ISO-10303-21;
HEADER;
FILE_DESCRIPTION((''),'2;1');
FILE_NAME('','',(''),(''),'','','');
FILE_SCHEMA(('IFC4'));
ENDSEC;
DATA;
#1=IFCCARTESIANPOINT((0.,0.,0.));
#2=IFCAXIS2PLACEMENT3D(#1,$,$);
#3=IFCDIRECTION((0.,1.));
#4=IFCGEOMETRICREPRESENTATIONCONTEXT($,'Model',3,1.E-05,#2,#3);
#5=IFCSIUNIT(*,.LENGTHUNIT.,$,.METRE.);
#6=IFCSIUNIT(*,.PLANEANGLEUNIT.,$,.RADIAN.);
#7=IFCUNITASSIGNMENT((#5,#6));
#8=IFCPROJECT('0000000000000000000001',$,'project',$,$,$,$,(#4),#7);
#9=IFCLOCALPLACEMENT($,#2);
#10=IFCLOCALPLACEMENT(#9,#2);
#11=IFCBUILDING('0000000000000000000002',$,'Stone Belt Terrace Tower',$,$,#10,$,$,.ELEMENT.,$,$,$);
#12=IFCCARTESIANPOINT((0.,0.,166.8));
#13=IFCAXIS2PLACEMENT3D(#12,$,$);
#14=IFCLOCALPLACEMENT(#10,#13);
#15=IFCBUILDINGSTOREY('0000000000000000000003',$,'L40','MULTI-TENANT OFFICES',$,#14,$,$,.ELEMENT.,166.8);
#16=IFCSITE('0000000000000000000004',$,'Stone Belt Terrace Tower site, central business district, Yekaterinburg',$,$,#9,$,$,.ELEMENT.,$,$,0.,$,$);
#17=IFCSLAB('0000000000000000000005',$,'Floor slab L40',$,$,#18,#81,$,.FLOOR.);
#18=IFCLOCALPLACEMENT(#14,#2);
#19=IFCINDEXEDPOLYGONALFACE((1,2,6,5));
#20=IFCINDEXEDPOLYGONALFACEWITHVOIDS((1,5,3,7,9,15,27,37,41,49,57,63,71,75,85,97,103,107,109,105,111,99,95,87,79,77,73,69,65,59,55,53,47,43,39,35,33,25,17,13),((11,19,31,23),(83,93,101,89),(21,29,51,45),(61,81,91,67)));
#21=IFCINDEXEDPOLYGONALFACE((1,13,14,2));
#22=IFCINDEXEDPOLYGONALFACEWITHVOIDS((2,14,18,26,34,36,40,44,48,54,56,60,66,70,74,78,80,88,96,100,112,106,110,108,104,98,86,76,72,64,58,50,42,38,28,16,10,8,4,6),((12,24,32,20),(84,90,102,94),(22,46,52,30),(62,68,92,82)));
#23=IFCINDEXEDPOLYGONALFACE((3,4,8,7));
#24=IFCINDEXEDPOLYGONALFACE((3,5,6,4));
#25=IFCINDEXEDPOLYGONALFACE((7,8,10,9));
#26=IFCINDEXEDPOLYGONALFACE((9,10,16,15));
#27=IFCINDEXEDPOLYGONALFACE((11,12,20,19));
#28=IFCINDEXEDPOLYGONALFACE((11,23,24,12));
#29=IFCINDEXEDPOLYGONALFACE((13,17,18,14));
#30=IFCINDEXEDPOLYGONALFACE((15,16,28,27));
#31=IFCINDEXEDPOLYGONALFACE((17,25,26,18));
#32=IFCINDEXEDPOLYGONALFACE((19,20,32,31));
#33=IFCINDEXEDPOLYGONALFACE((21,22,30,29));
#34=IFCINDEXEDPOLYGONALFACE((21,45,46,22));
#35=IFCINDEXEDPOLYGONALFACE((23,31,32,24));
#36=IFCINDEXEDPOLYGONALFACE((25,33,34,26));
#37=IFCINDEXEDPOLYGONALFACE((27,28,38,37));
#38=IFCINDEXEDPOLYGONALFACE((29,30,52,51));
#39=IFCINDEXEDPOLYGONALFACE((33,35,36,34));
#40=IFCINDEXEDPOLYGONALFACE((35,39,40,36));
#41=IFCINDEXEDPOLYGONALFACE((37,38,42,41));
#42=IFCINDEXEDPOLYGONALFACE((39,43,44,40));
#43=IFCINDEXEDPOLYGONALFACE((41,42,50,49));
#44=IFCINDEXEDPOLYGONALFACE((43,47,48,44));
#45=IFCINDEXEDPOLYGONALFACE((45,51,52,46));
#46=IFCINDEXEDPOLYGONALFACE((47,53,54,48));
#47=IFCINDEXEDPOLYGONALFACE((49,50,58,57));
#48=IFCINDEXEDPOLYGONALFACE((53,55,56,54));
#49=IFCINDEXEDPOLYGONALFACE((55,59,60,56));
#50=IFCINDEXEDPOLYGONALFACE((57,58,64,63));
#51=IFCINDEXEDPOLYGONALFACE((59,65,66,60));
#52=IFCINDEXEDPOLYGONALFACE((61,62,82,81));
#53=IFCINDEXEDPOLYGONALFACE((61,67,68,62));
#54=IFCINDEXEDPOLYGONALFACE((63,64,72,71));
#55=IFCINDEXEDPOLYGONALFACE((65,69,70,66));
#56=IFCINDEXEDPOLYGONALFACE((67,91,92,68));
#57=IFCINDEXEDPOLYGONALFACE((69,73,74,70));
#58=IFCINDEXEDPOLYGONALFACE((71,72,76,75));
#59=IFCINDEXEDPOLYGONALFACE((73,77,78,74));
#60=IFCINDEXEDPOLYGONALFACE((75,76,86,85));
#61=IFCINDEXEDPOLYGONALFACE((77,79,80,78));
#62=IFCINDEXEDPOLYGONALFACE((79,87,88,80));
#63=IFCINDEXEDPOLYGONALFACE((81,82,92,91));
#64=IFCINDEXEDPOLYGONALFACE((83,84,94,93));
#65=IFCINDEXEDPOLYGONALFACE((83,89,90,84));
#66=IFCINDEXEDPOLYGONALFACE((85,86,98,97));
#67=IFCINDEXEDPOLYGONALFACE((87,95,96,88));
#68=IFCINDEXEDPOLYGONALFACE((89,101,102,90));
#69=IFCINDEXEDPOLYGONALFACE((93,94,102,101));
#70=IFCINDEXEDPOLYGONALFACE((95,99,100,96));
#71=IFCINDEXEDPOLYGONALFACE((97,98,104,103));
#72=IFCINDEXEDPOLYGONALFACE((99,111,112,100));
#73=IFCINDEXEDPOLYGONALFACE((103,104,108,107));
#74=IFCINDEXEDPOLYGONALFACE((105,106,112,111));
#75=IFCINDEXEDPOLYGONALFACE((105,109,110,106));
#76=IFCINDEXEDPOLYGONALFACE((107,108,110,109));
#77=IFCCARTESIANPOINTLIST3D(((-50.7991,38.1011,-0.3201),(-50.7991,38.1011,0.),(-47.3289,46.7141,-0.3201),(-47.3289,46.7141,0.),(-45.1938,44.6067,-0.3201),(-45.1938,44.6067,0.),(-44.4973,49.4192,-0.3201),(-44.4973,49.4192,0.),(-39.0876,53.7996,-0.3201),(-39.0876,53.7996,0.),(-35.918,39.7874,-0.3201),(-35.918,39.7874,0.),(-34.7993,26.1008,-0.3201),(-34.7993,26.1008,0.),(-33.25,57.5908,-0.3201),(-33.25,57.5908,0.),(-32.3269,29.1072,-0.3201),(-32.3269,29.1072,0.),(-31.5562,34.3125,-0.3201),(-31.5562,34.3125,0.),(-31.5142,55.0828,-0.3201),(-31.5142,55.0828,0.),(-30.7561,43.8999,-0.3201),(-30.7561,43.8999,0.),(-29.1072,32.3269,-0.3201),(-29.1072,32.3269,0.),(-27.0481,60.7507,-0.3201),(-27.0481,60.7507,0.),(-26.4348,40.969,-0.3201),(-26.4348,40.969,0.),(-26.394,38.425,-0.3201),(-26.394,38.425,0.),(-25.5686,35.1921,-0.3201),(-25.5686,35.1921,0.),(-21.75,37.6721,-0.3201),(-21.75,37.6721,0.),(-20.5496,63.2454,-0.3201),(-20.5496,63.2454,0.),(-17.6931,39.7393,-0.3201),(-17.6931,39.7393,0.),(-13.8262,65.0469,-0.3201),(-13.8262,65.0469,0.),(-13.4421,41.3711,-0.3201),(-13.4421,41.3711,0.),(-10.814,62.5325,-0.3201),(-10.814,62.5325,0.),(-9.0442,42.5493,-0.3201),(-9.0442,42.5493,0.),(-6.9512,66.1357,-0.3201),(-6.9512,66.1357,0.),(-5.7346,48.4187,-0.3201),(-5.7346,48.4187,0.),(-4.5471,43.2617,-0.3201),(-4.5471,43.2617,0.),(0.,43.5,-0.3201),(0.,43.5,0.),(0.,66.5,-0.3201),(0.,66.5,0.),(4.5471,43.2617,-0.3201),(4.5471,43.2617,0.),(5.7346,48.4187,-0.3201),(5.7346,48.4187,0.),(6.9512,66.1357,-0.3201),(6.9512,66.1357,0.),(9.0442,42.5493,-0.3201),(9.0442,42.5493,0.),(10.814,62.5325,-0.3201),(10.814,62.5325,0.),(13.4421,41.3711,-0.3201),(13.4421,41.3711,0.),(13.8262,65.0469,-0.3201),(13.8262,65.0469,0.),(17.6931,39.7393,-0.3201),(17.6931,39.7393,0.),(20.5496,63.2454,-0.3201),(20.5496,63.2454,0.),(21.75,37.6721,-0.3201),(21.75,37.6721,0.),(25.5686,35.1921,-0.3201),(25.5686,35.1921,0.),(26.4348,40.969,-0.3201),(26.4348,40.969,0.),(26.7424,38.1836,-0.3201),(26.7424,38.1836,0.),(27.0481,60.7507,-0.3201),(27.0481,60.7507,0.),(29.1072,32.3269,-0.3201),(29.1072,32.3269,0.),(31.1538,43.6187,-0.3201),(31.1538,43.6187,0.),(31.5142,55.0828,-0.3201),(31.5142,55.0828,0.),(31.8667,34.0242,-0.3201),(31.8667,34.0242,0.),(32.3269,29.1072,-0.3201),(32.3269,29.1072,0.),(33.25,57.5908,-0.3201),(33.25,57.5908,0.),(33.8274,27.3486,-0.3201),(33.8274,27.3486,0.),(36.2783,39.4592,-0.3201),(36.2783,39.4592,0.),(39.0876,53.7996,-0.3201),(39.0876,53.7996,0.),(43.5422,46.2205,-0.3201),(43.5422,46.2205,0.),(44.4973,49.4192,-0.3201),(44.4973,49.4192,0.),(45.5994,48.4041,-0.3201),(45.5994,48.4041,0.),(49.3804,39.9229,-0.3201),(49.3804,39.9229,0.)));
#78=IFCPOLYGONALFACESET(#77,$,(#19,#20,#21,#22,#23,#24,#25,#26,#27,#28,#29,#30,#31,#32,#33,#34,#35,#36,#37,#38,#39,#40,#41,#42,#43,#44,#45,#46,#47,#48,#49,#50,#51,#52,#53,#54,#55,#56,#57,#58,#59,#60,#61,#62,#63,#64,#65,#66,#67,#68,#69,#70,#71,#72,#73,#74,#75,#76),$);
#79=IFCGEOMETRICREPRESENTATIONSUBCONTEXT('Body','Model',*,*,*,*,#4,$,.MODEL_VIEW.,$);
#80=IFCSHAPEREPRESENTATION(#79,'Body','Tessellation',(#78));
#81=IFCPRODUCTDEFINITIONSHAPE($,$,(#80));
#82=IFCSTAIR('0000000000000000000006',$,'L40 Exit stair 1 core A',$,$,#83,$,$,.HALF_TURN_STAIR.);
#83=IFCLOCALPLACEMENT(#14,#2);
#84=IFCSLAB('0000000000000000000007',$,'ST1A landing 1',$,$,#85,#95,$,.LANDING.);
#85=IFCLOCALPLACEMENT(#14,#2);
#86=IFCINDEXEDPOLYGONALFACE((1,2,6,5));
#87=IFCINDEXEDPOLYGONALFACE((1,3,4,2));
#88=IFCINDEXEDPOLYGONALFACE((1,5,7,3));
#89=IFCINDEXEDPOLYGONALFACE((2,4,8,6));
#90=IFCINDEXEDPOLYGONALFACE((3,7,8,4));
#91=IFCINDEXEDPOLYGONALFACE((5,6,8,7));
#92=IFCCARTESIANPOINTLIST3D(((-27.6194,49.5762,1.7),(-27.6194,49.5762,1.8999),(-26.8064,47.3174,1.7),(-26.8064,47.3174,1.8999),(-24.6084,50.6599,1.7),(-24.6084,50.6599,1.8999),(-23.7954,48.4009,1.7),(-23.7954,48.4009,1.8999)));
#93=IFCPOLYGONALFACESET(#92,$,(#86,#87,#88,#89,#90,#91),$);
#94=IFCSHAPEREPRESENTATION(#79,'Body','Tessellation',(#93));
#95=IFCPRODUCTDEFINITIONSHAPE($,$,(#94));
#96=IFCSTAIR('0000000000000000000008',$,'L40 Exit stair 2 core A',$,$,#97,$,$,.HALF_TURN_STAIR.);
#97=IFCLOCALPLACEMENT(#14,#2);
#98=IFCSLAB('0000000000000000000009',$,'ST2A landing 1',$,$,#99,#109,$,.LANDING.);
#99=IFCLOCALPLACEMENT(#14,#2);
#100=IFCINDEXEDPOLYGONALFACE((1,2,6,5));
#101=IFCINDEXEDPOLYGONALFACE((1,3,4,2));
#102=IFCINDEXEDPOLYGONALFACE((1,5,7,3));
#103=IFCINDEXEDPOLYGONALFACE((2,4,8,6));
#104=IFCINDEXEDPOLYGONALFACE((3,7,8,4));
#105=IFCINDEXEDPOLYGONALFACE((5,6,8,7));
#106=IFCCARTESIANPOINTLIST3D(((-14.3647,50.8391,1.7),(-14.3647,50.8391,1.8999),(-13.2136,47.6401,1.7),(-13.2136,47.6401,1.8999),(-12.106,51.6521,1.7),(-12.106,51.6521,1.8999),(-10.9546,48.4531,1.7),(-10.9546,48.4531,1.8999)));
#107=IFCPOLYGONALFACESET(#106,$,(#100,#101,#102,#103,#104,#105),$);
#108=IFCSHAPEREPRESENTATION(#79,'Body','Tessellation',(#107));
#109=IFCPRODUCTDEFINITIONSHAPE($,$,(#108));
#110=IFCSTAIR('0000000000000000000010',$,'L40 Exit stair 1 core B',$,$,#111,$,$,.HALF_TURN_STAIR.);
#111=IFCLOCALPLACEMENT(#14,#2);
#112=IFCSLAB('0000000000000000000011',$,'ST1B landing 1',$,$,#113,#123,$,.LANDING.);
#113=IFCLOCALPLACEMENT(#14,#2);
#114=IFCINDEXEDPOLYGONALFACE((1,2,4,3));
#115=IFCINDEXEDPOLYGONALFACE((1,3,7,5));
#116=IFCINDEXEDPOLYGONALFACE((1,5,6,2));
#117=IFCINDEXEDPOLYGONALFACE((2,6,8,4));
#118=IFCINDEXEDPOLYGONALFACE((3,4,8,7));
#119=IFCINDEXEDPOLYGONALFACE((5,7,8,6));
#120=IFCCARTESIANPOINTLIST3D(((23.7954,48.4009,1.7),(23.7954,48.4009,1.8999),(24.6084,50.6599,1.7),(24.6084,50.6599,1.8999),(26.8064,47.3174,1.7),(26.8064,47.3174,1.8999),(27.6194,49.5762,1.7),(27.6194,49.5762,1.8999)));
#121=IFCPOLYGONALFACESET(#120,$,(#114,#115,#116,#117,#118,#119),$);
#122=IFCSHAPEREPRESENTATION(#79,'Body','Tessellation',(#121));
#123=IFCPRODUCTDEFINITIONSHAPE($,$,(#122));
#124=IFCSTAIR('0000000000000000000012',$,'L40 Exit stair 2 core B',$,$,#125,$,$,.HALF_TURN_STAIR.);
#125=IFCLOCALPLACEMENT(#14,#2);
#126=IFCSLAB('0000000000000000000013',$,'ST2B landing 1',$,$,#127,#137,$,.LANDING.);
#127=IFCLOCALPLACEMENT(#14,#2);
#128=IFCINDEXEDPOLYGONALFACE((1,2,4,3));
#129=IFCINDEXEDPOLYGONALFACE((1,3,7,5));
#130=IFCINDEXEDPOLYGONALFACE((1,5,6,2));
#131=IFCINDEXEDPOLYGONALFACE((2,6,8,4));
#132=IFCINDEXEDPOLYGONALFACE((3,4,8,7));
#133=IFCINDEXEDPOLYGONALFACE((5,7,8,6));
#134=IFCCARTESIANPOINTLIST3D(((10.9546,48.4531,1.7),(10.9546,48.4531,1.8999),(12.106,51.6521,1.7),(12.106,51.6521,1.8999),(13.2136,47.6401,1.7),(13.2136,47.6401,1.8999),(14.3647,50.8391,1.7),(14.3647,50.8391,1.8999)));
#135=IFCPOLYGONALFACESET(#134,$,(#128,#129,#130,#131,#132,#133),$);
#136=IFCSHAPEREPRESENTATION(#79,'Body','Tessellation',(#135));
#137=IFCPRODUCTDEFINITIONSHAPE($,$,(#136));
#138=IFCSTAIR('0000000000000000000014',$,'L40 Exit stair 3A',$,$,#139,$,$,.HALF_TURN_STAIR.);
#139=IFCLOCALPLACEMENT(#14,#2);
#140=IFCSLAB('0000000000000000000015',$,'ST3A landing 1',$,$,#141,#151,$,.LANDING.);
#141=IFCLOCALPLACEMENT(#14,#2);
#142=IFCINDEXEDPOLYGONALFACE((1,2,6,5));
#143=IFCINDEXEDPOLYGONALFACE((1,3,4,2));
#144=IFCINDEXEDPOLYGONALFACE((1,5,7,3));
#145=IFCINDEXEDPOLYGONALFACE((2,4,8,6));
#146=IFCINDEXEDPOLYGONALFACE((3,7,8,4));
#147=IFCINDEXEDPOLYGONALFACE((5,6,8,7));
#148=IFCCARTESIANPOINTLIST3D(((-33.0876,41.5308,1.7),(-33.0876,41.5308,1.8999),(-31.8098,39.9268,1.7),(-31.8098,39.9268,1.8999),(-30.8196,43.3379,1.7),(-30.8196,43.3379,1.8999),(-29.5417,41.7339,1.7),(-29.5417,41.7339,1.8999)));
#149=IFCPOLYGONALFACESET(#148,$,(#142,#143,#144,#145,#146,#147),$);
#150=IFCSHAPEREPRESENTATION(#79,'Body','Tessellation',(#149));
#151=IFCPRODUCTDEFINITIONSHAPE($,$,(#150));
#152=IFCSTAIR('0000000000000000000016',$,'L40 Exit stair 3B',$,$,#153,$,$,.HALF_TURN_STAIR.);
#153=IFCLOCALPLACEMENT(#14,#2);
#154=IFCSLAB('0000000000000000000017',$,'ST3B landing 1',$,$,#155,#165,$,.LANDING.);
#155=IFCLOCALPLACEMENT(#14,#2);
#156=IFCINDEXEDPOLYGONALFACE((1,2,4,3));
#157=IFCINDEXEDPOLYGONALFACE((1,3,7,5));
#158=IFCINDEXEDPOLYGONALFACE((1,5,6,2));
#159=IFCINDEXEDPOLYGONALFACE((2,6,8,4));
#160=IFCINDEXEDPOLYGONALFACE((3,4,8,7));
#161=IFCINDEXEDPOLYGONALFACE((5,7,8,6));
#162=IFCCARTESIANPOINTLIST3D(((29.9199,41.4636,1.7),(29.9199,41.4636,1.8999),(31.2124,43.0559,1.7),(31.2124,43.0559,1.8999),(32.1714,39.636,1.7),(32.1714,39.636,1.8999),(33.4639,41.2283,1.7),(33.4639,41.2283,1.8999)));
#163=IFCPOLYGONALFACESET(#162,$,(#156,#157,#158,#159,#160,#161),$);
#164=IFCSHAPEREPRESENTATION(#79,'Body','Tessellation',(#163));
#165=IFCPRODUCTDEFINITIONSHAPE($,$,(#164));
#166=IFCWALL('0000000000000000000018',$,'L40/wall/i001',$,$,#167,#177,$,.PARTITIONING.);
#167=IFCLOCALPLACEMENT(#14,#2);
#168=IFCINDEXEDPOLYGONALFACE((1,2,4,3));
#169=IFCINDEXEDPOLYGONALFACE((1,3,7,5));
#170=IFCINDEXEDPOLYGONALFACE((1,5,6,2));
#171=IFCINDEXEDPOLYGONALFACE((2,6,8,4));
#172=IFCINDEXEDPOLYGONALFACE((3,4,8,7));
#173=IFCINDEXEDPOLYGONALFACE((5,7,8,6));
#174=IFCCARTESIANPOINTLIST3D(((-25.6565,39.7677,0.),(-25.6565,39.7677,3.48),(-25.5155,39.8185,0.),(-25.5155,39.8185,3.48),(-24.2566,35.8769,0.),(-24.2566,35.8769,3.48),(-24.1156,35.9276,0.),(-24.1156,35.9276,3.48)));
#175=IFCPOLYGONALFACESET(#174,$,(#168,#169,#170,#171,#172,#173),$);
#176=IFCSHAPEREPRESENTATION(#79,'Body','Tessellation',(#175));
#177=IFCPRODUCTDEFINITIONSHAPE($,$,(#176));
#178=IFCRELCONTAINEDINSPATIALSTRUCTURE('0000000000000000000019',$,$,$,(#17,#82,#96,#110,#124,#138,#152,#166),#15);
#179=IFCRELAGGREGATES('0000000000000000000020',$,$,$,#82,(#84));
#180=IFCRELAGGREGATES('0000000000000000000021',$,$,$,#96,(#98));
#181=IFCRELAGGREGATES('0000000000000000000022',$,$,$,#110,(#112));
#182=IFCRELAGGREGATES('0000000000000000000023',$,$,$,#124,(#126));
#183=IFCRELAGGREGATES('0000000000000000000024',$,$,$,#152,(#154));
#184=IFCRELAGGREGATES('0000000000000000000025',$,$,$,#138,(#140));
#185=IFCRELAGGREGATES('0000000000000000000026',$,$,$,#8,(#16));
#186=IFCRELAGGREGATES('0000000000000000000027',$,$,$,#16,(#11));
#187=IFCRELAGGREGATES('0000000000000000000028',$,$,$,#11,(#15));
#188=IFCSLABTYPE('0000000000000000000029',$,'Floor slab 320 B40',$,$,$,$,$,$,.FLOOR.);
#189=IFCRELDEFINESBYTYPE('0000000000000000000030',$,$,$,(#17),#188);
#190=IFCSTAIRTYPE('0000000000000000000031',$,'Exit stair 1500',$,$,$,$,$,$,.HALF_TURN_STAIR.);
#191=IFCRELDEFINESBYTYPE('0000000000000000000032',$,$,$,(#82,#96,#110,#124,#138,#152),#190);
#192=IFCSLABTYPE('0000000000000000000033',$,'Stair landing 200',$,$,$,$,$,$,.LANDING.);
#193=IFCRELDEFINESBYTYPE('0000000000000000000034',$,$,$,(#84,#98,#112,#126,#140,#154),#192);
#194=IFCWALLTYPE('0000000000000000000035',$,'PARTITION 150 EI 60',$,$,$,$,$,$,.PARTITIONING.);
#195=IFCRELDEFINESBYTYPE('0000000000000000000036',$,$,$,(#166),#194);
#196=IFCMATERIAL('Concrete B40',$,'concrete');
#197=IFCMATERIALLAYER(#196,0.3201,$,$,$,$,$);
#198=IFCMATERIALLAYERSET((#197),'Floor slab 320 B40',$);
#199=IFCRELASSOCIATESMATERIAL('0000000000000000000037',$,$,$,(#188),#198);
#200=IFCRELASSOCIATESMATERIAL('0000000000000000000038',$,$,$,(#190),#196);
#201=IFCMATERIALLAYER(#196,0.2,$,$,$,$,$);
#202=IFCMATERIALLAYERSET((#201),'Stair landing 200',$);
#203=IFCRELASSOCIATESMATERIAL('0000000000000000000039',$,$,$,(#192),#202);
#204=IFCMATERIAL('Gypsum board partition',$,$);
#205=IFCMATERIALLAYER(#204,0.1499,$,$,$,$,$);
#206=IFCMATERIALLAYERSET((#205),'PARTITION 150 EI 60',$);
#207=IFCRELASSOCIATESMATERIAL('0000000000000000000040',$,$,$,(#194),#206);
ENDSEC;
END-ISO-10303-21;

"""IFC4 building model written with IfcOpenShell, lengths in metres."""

from ifc_helpers import new_model, si_unit, direction, frame, frame_2d, origin, place, context, subcontext, project, spatial, polyline, rectangle, outline, extrude, material, layer, layer_set, type_object, element, aggregate, save


model = new_model("IFC4")

# Units and contexts
model_context = context("Model", 3, precision=1e-05, world=origin(), true_north=direction((0.0, 1.0)))
body_context = subcontext(model_context, "Body", "Model", "MODEL_VIEW")
ifc_project = project(units=[si_unit("LENGTHUNIT", "METRE"), si_unit("PLANEANGLEUNIT", "RADIAN")], contexts=[model_context])

# Site, building, storey
site_placement = place(None, origin())
site = spatial("IfcSite", under=ifc_project, at=site_placement, Name="Stone Belt Terrace Tower site, central business district, Yekaterinburg", CompositionType="ELEMENT", RefElevation=0.0)
building_placement = place(site_placement, origin())
building = spatial("IfcBuilding", under=site, at=building_placement, Name="Stone Belt Terrace Tower", CompositionType="ELEMENT")
storey_placement = place(building_placement, frame((0.0, 0.0, 166.8)))
storey = spatial("IfcBuildingStorey", under=building, at=storey_placement, Name="L40", Description="MULTI-TENANT OFFICES", CompositionType="ELEMENT", Elevation=166.8)

# Slab
ifc_material_1 = material(Name="Concrete B40", Category="concrete")
ifc_layer_1 = layer(ifc_material_1, 0.3201)
ifc_layer_set_1 = layer_set([ifc_layer_1], Name="Floor slab 320 B40")
slab_type_1 = type_object("IfcSlabType", Name="Floor slab 320 B40", PredefinedType="FLOOR", material=ifc_layer_set_1)
slab_1_placement = place(storey_placement, frame((0.0, 0.0, -0.3201)))
element("IfcSlab", 1, at=slab_1_placement, inside=storey, type_object=slab_type_1, Name="Floor slab L40", PredefinedType="FLOOR", context=body_context, shape_type="SweptSolid", body=[
    extrude(outline(polyline([(-44.4973, 49.4192), (-39.0876, 53.7996), (-33.25, 57.5908), (-27.0481, 60.7507), (-20.5496, 63.2454), (-13.8262, 65.0469), (-6.9512, 66.1357), (0.0, 66.5), (6.9512, 66.1357), (13.8262, 65.0469), (20.5496, 63.2454), (27.0481, 60.7507), (33.25, 57.5908), (39.0876, 53.7996), (44.4973, 49.4192), (45.5994, 48.4041), (43.5422, 46.2205), (49.3804, 39.9229), (33.8274, 27.3486), (32.3269, 29.1072), (29.1072, 32.3269), (25.5686, 35.1921), (21.75, 37.6721), (17.6931, 39.7393), (13.4421, 41.3711), (9.0442, 42.5493), (4.5471, 43.2617), (0.0, 43.5), (-4.5471, 43.2617), (-9.0442, 42.5493), (-13.4421, 41.3711), (-17.6931, 39.7393), (-21.75, 37.6721), (-25.5686, 35.1921), (-29.1072, 32.3269), (-32.3269, 29.1072), (-34.7993, 26.1008), (-50.7991, 38.1011), (-45.1938, 44.6067), (-47.3289, 46.7141), (-44.4973, 49.4192)]), holes=[polyline([(-26.4348, 40.969), (-5.7346, 48.4187), (-10.814, 62.5325), (-31.5142, 55.0828), (-26.4348, 40.969)]), polyline([(10.814, 62.5325), (5.7346, 48.4187), (26.4348, 40.969), (31.5142, 55.0828), (10.814, 62.5325)]), polyline([(-35.918, 39.7874), (-31.5562, 34.3125), (-26.394, 38.425), (-30.7561, 43.8999), (-35.918, 39.7874)]), polyline([(36.2783, 39.4592), (31.1538, 43.6187), (26.7424, 38.1836), (31.8667, 34.0242), (36.2783, 39.4592)])]), origin(), (0.0, 0.0, 1.0), 0.3201),
])

# Stairs, slabs
stair_type = type_object("IfcStairType", Name="Exit stair 1500", PredefinedType="HALF_TURN_STAIR", material=ifc_material_1)
stair_1_placement = place(storey_placement, origin())
stair_1 = element("IfcStair", 2, at=stair_1_placement, inside=storey, type_object=stair_type, Name="L40 Exit stair 1 core A", PredefinedType="HALF_TURN_STAIR")
ifc_layer_2 = layer(ifc_material_1, 0.2)
ifc_layer_set_2 = layer_set([ifc_layer_2], Name="Stair landing 200")
slab_type_2 = type_object("IfcSlabType", Name="Stair landing 200", PredefinedType="LANDING", material=ifc_layer_set_2)
slab_2_placement = place(storey_placement, frame((0.0, 0.0, 1.7)))
slab_2 = element("IfcSlab", 3, at=slab_2_placement, type_object=slab_type_2, Name="ST1A landing 1", PredefinedType="LANDING", context=body_context, shape_type="SweptSolid", body=[
    extrude(outline(polyline([(-23.7954, 48.4009), (-24.6084, 50.6599), (-27.6194, 49.5762), (-26.8064, 47.3174), (-23.7954, 48.4009)])), origin(), (0.0, 0.0, 1.0), 0.2),
])
aggregate(stair_1, [slab_2])
stair_2_placement = place(storey_placement, origin())
stair_2 = element("IfcStair", 4, at=stair_2_placement, inside=storey, type_object=stair_type, Name="L40 Exit stair 2 core A", PredefinedType="HALF_TURN_STAIR")
slab_3_placement = place(storey_placement, frame((0.0, 0.0, 1.7)))
slab_3 = element("IfcSlab", 5, at=slab_3_placement, type_object=slab_type_2, Name="ST2A landing 1", PredefinedType="LANDING", context=body_context, shape_type="SweptSolid", body=[
    extrude(outline(polyline([(-13.2136, 47.6401), (-10.9546, 48.4531), (-12.106, 51.6521), (-14.3647, 50.8391), (-13.2136, 47.6401)])), origin(), (0.0, 0.0, 1.0), 0.2),
])
aggregate(stair_2, [slab_3])
stair_3_placement = place(storey_placement, origin())
stair_3 = element("IfcStair", 6, at=stair_3_placement, inside=storey, type_object=stair_type, Name="L40 Exit stair 1 core B", PredefinedType="HALF_TURN_STAIR")
slab_4_placement = place(storey_placement, frame((0.0, 0.0, 1.7)))
slab_4 = element("IfcSlab", 7, at=slab_4_placement, type_object=slab_type_2, Name="ST1B landing 1", PredefinedType="LANDING", context=body_context, shape_type="SweptSolid", body=[
    extrude(outline(polyline([(26.8064, 47.3174), (27.6194, 49.5762), (24.6084, 50.6599), (23.7954, 48.4009), (26.8064, 47.3174)])), origin(), (0.0, 0.0, 1.0), 0.2),
])
aggregate(stair_3, [slab_4])
stair_4_placement = place(storey_placement, origin())
stair_4 = element("IfcStair", 8, at=stair_4_placement, inside=storey, type_object=stair_type, Name="L40 Exit stair 2 core B", PredefinedType="HALF_TURN_STAIR")
slab_5_placement = place(storey_placement, frame((0.0, 0.0, 1.7)))
slab_5 = element("IfcSlab", 9, at=slab_5_placement, type_object=slab_type_2, Name="ST2B landing 1", PredefinedType="LANDING", context=body_context, shape_type="SweptSolid", body=[
    extrude(outline(polyline([(14.3647, 50.8391), (12.106, 51.6521), (10.9546, 48.4531), (13.2136, 47.6401), (14.3647, 50.8391)])), origin(), (0.0, 0.0, 1.0), 0.2),
])
aggregate(stair_4, [slab_5])
stair_5_placement = place(storey_placement, origin())
stair_5 = element("IfcStair", 10, at=stair_5_placement, inside=storey, type_object=stair_type, Name="L40 Exit stair 3A", PredefinedType="HALF_TURN_STAIR")
slab_6_placement = place(storey_placement, frame((0.0, 0.0, 1.7)))
slab_6 = element("IfcSlab", 11, at=slab_6_placement, type_object=slab_type_2, Name="ST3A landing 1", PredefinedType="LANDING", context=body_context, shape_type="SweptSolid", body=[
    extrude(outline(polyline([(-29.5417, 41.7339), (-30.8196, 43.3379), (-33.0876, 41.5308), (-31.8098, 39.9268), (-29.5417, 41.7339)])), origin(), (0.0, 0.0, 1.0), 0.2),
])
stair_6_placement = place(storey_placement, origin())
stair_6 = element("IfcStair", 12, at=stair_6_placement, inside=storey, type_object=stair_type, Name="L40 Exit stair 3B", PredefinedType="HALF_TURN_STAIR")
slab_7_placement = place(storey_placement, frame((0.0, 0.0, 1.7)))
slab_7 = element("IfcSlab", 13, at=slab_7_placement, type_object=slab_type_2, Name="ST3B landing 1", PredefinedType="LANDING", context=body_context, shape_type="SweptSolid", body=[
    extrude(outline(polyline([(32.1714, 39.636), (33.4639, 41.2283), (31.2124, 43.0559), (29.9199, 41.4636), (32.1714, 39.636)])), origin(), (0.0, 0.0, 1.0), 0.2),
])
aggregate(stair_6, [slab_7])

# Wall
ifc_material_2 = material(Name="Gypsum board partition")
ifc_layer_3 = layer(ifc_material_2, 0.1499)
ifc_layer_set_3 = layer_set([ifc_layer_3], Name="PARTITION 150 EI 60")
wall_type_1 = type_object("IfcWallType", Name="PARTITION 150 EI 60", PredefinedType="PARTITIONING", material=ifc_layer_set_3)
wall_1_placement = place(storey_placement, frame((-25.5859, 39.793, 0.0), z_axis=(0.0, 0.0, 1.0), x_axis=(0.338546, -0.94095, 0.0)))
element("IfcWall", 14, at=wall_1_placement, inside=storey, type_object=wall_type_1, Name="L40/wall/i001", PredefinedType="PARTITIONING", context=body_context, shape_type="SweptSolid", body=[
    extrude(rectangle(XDim=4.135, YDim=0.1499, at=frame_2d((2.0674, 0.0))), origin(), (0.0, 0.0, 1.0), 3.48),
])

aggregate(stair_5, [slab_6])

save(model, "model.ifc")
